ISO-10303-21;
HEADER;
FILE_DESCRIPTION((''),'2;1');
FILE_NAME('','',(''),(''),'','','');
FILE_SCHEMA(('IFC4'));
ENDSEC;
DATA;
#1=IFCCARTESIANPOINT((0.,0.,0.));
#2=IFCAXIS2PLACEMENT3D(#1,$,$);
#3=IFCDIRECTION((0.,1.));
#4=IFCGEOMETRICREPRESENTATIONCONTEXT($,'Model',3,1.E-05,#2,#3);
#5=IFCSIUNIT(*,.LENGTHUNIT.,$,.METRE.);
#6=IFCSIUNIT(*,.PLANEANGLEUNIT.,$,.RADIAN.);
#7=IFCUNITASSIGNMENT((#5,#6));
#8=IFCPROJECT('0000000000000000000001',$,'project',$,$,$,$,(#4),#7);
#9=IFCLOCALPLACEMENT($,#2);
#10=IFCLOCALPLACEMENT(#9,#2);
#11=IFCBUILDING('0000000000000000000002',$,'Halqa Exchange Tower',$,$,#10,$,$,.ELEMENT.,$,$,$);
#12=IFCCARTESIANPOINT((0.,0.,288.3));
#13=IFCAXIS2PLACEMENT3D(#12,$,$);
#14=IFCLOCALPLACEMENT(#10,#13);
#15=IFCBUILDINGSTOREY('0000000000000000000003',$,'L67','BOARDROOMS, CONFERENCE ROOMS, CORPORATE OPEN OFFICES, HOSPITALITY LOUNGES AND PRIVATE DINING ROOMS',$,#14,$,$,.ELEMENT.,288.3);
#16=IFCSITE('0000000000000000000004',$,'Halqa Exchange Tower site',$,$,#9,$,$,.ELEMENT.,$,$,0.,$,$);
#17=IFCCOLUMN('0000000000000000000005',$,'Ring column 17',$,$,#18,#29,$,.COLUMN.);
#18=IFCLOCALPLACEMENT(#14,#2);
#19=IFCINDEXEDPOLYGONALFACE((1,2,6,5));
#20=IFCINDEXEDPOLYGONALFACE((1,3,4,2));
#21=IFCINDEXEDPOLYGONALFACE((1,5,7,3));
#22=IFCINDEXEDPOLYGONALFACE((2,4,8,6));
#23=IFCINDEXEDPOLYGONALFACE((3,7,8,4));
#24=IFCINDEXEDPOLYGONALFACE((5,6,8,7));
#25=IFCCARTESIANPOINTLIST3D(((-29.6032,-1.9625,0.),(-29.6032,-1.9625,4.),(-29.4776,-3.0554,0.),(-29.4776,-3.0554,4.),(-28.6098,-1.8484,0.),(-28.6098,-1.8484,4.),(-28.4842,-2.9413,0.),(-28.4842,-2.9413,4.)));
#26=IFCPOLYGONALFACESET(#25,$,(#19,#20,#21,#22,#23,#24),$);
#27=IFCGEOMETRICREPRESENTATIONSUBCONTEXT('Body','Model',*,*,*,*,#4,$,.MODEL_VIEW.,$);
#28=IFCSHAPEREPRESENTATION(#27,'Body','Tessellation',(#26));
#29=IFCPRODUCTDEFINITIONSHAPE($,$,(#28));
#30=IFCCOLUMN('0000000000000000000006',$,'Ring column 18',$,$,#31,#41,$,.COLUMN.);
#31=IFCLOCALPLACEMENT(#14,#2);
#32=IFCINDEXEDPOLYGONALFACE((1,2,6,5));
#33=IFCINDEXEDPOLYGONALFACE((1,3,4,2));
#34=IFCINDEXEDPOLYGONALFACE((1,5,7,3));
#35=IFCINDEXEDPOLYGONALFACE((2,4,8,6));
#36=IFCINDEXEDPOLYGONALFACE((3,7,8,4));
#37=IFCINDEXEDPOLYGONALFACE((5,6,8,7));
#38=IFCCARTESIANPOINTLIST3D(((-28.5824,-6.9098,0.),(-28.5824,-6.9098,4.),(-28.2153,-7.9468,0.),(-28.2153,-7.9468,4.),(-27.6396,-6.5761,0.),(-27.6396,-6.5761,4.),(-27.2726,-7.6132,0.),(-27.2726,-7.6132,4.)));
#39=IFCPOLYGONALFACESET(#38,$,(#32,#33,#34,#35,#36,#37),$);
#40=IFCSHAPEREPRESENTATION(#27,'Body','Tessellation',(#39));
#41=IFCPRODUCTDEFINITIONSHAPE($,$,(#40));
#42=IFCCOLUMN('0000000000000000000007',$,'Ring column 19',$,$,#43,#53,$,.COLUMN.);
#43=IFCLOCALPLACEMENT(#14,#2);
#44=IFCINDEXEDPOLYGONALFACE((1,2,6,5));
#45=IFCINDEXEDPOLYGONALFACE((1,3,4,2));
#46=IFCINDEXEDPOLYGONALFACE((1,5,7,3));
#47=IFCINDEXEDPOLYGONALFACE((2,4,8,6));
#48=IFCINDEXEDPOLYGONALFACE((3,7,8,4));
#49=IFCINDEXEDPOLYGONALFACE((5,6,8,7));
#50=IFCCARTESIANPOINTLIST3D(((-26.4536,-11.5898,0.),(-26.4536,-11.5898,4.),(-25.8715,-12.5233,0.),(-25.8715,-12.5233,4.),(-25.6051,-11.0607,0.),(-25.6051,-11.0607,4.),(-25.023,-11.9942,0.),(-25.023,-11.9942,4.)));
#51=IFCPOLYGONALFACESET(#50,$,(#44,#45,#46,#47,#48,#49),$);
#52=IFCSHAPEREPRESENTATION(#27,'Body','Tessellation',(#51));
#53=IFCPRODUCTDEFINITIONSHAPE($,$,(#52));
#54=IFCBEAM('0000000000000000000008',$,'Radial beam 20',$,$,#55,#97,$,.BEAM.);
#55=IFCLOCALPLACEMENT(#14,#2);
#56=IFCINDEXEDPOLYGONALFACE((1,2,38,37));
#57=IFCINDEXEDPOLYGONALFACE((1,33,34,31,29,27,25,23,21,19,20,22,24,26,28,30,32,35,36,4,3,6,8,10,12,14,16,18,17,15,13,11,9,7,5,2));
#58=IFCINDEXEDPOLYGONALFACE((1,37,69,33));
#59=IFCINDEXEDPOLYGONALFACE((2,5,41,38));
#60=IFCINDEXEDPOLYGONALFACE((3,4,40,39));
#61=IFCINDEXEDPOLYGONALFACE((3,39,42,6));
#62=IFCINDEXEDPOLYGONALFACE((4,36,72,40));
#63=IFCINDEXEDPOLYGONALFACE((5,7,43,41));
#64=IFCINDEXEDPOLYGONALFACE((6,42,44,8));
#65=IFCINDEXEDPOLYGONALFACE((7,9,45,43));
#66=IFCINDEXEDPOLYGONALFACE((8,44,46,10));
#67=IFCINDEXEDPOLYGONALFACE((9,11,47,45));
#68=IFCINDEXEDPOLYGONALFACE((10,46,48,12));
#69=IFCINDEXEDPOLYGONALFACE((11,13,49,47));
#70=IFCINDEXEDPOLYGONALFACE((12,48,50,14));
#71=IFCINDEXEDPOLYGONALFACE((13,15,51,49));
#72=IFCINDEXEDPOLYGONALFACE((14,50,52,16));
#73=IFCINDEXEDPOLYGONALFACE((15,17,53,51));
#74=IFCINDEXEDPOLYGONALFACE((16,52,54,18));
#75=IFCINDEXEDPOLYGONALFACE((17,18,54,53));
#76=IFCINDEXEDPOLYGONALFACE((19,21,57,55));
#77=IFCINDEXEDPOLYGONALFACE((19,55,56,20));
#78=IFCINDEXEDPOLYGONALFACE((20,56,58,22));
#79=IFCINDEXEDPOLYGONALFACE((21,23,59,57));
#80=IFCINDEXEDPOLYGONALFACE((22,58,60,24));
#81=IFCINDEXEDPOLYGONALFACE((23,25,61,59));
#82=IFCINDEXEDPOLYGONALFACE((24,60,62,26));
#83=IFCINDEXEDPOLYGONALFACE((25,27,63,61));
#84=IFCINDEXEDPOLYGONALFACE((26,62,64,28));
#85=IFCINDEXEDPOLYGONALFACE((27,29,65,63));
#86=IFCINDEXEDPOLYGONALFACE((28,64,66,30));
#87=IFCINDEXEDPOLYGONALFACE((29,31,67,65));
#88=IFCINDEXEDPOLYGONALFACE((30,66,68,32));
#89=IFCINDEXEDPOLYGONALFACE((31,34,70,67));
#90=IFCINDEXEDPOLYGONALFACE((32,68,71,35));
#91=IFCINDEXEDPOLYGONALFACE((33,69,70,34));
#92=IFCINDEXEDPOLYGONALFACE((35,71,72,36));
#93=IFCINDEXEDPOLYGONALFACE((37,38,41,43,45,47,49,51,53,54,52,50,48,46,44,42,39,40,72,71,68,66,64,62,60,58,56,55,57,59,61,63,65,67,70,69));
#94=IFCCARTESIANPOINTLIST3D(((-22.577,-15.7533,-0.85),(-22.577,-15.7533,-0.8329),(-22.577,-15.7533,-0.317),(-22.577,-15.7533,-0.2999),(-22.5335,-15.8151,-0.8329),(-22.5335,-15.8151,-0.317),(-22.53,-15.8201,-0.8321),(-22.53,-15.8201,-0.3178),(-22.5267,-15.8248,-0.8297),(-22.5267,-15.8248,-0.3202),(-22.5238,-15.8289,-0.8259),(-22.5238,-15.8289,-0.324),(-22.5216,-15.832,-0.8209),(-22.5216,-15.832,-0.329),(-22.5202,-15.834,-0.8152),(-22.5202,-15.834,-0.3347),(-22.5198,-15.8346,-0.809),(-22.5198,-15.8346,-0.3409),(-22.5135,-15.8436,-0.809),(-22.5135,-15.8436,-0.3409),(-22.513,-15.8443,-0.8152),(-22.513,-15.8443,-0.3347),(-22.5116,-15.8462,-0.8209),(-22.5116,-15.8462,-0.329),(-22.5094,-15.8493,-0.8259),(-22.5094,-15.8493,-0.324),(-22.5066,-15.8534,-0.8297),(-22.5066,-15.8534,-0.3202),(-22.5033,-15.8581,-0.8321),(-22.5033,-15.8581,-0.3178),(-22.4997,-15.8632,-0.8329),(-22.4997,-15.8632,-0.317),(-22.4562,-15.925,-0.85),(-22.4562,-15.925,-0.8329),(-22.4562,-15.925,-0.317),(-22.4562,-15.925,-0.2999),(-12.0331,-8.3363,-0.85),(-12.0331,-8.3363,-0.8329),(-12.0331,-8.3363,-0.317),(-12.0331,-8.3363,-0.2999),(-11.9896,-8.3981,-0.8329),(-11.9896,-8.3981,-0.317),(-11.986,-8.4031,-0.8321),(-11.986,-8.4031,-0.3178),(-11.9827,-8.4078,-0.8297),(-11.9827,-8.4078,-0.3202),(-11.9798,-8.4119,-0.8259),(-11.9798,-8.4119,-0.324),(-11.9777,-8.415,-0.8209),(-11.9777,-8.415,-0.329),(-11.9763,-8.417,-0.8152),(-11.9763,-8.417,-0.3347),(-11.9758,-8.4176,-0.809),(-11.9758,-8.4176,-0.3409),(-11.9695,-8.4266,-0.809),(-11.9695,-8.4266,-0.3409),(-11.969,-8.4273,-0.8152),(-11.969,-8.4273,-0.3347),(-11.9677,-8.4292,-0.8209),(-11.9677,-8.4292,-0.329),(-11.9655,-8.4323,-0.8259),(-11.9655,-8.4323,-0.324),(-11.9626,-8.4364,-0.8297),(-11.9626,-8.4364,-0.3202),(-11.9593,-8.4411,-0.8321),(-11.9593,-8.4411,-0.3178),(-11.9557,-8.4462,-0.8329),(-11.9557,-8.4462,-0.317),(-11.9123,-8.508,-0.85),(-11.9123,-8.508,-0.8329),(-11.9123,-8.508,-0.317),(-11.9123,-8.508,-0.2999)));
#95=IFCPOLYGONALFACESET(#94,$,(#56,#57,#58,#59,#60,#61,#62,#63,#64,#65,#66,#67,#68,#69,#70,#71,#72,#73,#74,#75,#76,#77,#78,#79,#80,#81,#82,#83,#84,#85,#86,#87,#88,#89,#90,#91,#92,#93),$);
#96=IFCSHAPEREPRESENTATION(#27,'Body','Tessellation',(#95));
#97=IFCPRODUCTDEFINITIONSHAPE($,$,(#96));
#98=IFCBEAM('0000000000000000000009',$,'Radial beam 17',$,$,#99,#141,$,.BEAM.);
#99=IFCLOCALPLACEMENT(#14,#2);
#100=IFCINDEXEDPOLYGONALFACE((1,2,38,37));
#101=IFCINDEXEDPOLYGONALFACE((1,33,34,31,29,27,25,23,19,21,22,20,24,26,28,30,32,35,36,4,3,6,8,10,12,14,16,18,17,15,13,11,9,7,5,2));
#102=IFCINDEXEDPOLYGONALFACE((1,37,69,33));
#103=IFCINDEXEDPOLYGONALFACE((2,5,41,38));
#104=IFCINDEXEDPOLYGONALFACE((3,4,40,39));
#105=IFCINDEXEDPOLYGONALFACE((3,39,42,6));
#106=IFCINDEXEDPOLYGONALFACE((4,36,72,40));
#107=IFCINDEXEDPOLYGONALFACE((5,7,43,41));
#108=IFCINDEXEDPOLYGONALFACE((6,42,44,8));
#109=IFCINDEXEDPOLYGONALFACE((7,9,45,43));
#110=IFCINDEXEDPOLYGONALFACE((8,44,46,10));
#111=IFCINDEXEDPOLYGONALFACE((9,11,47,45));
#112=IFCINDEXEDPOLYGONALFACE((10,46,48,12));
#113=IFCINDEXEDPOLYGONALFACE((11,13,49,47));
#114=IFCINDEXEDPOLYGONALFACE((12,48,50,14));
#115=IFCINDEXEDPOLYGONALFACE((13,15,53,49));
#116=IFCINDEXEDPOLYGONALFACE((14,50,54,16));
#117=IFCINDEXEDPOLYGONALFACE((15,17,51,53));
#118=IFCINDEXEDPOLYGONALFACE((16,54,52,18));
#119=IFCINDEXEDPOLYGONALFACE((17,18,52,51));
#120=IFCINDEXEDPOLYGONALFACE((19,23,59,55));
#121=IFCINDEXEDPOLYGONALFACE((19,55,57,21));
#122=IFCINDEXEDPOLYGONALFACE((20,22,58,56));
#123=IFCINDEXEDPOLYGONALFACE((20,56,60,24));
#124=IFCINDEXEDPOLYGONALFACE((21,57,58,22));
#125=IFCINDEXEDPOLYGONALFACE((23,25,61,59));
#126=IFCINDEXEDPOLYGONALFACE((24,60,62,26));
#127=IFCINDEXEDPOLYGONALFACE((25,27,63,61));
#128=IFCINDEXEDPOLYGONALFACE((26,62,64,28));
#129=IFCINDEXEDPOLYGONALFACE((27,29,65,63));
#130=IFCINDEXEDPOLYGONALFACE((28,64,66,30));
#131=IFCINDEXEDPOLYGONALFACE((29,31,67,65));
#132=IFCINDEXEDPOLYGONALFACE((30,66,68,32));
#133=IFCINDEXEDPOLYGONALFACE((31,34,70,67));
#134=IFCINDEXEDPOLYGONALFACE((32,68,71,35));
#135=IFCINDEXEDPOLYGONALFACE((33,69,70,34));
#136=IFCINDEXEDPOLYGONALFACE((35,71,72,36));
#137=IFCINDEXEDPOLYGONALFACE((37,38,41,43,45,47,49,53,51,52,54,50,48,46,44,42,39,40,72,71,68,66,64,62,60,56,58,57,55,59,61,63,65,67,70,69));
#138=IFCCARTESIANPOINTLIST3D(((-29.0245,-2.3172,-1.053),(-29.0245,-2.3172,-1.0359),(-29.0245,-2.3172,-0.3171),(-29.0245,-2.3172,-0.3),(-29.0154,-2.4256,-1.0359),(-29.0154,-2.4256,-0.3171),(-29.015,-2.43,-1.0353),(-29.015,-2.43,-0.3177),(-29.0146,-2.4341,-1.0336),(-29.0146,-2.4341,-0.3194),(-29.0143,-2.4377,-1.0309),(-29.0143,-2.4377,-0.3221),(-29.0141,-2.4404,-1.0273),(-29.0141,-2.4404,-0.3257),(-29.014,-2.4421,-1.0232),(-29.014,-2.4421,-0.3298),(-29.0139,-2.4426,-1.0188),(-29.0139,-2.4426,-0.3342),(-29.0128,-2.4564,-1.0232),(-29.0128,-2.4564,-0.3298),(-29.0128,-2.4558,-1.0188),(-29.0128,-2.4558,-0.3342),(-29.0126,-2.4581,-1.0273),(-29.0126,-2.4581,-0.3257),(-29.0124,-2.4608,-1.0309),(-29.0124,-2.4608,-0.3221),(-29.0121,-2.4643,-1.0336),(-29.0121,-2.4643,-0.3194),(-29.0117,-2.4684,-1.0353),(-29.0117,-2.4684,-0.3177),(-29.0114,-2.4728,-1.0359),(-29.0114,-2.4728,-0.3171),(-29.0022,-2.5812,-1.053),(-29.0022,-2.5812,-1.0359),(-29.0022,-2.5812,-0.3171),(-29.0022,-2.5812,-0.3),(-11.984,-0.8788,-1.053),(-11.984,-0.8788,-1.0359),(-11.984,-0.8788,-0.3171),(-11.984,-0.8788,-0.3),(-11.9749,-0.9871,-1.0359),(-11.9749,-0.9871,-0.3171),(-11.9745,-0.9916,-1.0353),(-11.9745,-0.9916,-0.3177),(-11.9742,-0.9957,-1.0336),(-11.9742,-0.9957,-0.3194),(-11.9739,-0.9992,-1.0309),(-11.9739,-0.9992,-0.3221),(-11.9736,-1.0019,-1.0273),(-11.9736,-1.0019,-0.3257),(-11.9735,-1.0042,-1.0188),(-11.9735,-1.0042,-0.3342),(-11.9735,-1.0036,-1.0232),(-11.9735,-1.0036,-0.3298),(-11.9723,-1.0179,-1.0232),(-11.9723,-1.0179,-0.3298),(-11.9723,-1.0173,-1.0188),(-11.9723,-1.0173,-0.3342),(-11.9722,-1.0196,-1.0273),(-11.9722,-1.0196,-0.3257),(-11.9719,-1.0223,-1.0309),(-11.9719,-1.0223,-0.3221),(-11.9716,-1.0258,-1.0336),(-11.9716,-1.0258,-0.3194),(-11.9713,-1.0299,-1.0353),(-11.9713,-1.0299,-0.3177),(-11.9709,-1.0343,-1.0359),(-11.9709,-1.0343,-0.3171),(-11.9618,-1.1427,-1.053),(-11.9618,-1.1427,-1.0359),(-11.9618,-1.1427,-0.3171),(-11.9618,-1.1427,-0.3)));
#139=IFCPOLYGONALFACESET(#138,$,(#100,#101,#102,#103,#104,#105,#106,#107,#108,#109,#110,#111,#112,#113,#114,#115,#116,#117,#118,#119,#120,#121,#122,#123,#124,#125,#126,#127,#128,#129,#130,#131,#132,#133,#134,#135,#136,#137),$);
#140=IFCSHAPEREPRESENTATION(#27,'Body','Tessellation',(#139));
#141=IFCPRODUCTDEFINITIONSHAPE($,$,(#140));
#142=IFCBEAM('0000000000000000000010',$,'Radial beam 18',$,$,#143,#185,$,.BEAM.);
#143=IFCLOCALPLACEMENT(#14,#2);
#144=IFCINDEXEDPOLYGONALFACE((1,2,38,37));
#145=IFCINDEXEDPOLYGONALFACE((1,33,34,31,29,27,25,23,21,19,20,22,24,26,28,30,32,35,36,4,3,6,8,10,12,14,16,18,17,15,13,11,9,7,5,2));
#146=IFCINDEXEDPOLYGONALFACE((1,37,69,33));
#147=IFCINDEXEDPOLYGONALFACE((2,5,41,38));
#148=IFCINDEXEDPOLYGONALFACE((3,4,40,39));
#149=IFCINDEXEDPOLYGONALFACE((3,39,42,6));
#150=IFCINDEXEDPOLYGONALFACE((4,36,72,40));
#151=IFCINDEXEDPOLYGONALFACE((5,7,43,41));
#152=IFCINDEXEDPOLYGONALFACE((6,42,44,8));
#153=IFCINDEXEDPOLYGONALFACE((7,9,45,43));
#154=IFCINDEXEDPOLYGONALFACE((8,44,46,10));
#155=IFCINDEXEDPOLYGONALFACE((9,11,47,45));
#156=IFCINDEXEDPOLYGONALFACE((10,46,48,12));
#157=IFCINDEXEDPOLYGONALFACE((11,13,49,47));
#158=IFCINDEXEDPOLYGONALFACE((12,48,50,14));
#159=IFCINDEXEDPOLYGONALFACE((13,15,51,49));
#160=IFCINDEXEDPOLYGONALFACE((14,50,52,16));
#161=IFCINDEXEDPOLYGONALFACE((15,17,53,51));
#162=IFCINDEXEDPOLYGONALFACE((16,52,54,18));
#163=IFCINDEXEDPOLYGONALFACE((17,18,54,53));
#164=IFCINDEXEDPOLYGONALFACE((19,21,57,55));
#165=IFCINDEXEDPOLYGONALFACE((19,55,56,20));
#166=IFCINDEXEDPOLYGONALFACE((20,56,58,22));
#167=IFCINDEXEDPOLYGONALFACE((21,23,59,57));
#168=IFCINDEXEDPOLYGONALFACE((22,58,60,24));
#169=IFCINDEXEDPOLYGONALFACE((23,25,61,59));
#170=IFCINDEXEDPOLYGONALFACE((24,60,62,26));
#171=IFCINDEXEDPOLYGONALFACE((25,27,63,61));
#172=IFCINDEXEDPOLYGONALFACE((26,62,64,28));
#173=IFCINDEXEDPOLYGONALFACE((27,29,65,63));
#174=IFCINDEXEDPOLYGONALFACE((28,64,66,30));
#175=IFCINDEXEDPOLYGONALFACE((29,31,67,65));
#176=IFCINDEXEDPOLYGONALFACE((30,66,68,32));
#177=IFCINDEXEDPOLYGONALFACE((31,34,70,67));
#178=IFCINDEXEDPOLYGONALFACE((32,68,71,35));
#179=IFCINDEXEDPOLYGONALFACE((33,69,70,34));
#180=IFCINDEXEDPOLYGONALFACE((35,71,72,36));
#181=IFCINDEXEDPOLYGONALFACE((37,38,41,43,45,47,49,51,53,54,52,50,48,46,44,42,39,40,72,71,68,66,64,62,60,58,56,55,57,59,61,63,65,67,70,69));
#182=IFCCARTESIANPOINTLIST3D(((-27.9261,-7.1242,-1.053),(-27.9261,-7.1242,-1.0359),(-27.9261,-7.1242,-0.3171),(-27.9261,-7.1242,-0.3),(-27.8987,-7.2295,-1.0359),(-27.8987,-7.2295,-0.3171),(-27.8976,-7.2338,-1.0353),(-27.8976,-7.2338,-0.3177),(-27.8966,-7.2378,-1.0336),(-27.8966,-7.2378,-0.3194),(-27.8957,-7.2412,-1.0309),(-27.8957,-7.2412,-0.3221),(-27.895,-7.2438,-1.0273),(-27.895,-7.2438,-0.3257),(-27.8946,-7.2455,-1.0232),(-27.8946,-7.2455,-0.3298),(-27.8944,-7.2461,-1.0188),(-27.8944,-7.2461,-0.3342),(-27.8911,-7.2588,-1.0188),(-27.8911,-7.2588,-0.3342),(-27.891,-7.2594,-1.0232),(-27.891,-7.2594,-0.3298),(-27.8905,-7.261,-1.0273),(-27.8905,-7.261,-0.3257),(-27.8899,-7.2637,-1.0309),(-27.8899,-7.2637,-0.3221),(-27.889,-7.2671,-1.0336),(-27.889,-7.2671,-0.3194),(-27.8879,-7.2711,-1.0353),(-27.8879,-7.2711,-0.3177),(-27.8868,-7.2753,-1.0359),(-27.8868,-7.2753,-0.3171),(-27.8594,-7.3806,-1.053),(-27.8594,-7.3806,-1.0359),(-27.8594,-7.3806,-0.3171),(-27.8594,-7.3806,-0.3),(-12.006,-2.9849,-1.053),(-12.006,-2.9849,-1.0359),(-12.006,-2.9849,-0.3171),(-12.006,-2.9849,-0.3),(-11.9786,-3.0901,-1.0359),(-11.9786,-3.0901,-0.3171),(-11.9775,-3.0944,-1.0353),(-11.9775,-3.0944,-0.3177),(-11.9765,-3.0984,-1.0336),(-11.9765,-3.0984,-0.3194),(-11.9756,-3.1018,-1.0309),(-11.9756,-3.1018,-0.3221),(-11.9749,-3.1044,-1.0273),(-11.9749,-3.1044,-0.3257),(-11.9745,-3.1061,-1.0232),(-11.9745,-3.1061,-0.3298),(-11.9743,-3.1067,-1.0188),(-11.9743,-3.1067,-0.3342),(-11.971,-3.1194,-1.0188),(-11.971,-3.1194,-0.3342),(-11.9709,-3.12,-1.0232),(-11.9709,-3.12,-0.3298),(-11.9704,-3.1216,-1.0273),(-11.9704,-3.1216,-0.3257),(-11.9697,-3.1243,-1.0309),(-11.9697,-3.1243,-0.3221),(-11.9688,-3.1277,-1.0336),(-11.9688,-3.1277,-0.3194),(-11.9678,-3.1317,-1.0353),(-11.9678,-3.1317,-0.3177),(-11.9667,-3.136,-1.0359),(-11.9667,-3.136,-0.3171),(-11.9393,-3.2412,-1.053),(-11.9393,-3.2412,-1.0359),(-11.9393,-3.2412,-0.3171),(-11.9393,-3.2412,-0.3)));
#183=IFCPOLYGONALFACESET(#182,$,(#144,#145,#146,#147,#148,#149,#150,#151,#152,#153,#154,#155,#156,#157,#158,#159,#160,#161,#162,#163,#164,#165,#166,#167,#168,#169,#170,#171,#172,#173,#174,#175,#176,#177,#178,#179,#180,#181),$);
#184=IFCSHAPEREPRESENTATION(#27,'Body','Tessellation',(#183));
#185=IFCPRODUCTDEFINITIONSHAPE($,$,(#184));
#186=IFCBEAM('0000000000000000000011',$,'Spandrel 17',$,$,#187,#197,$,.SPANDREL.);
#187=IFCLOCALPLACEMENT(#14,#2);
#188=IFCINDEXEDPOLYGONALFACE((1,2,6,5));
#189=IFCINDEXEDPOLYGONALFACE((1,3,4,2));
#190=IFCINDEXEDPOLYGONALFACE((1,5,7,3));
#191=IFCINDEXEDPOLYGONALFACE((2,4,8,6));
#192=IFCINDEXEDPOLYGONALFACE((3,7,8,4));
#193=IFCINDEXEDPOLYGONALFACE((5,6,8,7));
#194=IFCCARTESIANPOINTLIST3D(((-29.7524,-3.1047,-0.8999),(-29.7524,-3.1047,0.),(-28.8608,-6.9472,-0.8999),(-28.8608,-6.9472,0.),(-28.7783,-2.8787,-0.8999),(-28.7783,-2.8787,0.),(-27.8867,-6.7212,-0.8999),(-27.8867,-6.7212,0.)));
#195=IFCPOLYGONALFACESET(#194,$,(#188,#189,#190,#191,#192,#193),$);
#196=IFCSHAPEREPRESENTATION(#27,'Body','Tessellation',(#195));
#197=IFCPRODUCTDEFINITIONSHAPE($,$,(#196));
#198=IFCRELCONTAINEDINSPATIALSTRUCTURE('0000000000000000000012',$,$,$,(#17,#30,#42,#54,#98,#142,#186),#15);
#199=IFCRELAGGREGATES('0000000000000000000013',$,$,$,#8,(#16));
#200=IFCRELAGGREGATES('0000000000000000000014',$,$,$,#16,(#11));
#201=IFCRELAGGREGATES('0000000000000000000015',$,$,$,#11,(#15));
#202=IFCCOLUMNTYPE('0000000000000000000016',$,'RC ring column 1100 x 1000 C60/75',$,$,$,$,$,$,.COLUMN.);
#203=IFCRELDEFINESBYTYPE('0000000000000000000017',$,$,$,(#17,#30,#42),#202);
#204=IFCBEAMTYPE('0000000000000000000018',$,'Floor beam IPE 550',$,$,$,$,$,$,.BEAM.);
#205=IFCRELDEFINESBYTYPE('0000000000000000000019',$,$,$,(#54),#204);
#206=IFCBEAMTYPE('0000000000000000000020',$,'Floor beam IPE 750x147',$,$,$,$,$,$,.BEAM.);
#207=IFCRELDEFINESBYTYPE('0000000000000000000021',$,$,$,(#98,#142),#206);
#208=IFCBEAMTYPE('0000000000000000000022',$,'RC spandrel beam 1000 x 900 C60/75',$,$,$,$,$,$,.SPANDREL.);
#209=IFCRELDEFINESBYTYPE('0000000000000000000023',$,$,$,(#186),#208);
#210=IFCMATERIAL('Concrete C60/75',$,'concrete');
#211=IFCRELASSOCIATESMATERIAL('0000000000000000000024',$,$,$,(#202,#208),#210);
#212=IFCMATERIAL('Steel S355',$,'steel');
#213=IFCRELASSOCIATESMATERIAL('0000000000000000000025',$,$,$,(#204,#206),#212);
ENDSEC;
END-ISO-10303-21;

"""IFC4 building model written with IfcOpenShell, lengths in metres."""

from ifc_helpers import new_model, si_unit, direction, frame, origin, origin_2d, place, context, subcontext, project, spatial, rectangle, i_section, extrude, material, material_profile, profile_set, type_object, element, save


model = new_model("IFC4")

# Units and contexts
model_context = context("Model", 3, precision=1e-05, world=origin(), true_north=direction((0.0, 1.0)))
body_context = subcontext(model_context, "Body", "Model", "MODEL_VIEW")
ifc_project = project(units=[si_unit("LENGTHUNIT", "METRE"), si_unit("PLANEANGLEUNIT", "RADIAN")], contexts=[model_context])

# Site, building, storey
site_placement = place(None, origin())
site = spatial("IfcSite", under=ifc_project, at=site_placement, Name="Halqa Exchange Tower site", CompositionType="ELEMENT", RefElevation=0.0)
building_placement = place(site_placement, origin())
building = spatial("IfcBuilding", under=site, at=building_placement, Name="Halqa Exchange Tower", CompositionType="ELEMENT")
storey_placement = place(building_placement, frame((0.0, 0.0, 288.3)))
storey = spatial("IfcBuildingStorey", under=building, at=storey_placement, Name="L67", Description="BOARDROOMS, CONFERENCE ROOMS, CORPORATE OPEN OFFICES, HOSPITALITY LOUNGES AND PRIVATE DINING ROOMS", CompositionType="ELEMENT", Elevation=288.3)

# Columns
ifc_material_1 = material(Name="Concrete C60/75", Category="concrete")
ifc_material_profile_1 = material_profile(ifc_material_1, rectangle(XDim=1.1001, YDim=1.0, at=origin_2d()), Name="1100 x 1000")
ifc_profile_set_1 = profile_set([ifc_material_profile_1], Name="Concrete C60/75")
column_type = type_object("IfcColumnType", Name="RC ring column 1100 x 1000 C60/75", PredefinedType="COLUMN", material=ifc_profile_set_1)
for number, where, z_axis, x_axis, name in (
    (1, (-29.0437, -2.4519, 0.0), (0.0, 0.0, 1.0), (0.114162, -0.993462, 0.0), "Ring column 17"),
    (2, (-27.9275, -7.2615, 0.0), (0.0, 0.0, 1.0), (0.333628, -0.942705, 0.0), "Ring column 18"),
    (3, (-25.7383, -11.792, 0.0), (0.0, 0.0, 1.0), (0.529142, -0.848533, 0.0), "Ring column 19"),
):
    element("IfcColumn", number, at=place(storey_placement, frame(where, z_axis=z_axis, x_axis=x_axis)), inside=storey, type_object=column_type, Name=name, PredefinedType="COLUMN", context=body_context, shape_type="SweptSolid", body=[
        extrude(rectangle(XDim=1.1001, YDim=1.0, at=origin_2d()), origin(), (0.0, 0.0, 1.0), 4.0),
    ])

# Beams
ifc_material_2 = material(Name="Steel S355", Category="steel")
ifc_material_profile_2 = material_profile(ifc_material_2, i_section(OverallWidth=0.21, OverallDepth=0.55, WebThickness=0.011, FlangeThickness=0.0171, FilletRadius=0.0239, at=origin_2d()), Name="IPE 550")
ifc_profile_set_2 = profile_set([ifc_material_profile_2], Name="Steel S355")
beam_type_1 = type_object("IfcBeamType", Name="Floor beam IPE 550", PredefinedType="BEAM", material=ifc_profile_set_2)
beam_1_placement = place(storey_placement, frame((-11.9727, -8.4221, -0.575), z_axis=(-0.817909, -0.575347, 0.0), x_axis=(0.575347, -0.817909, 0.0)))
element("IfcBeam", 4, at=beam_1_placement, inside=storey, type_object=beam_type_1, Name="Radial beam 20", PredefinedType="BEAM", context=body_context, shape_type="SweptSolid", body=[
    extrude(i_section(OverallWidth=0.21, OverallDepth=0.55, WebThickness=0.011, FlangeThickness=0.0171, FilletRadius=0.0239, at=origin_2d()), origin(), (0.0, 0.0, 1.0), 12.8914),
])
ifc_material_profile_3 = material_profile(ifc_material_2, i_section(OverallWidth=0.2649, OverallDepth=0.7529, WebThickness=0.0132, FlangeThickness=0.0171, FilletRadius=0.0171, at=origin_2d()), Name="IPE 750x147")
ifc_profile_set_3 = profile_set([ifc_material_profile_3], Name="Steel S355")
beam_type_2 = type_object("IfcBeamType", Name="Floor beam IPE 750x147", PredefinedType="BEAM", material=ifc_profile_set_3)
beam_2_placement = place(storey_placement, frame((-11.9729, -1.0107, -0.6765), z_axis=(-0.996456, -0.084116, 0.0), x_axis=(0.084116, -0.996456, 0.0)))
element("IfcBeam", 5, at=beam_2_placement, inside=storey, type_object=beam_type_2, Name="Radial beam 17", PredefinedType="BEAM", context=body_context, shape_type="SweptSolid", body=[
    extrude(i_section(OverallWidth=0.2649, OverallDepth=0.7529, WebThickness=0.0132, FlangeThickness=0.0171, FilletRadius=0.0171, at=origin_2d()), origin(), (0.0, 0.0, 1.0), 17.1011),
])
beam_3_placement = place(storey_placement, frame((-11.9727, -3.113, -0.6765), z_axis=(-0.96782, -0.251643, 0.0), x_axis=(0.251643, -0.96782, 0.0)))
element("IfcBeam", 6, at=beam_3_placement, inside=storey, type_object=beam_type_2, Name="Radial beam 18", PredefinedType="BEAM", context=body_context, shape_type="SweptSolid", body=[
    extrude(i_section(OverallWidth=0.2649, OverallDepth=0.7529, WebThickness=0.0132, FlangeThickness=0.0171, FilletRadius=0.0171, at=origin_2d()), origin(), (0.0, 0.0, 1.0), 16.4495),
])
ifc_material_profile_4 = material_profile(ifc_material_1, rectangle(XDim=1.0, YDim=0.8999, at=origin_2d()), Name="1000 x 900")
ifc_profile_set_4 = profile_set([ifc_material_profile_4], Name="Concrete C60/75")
beam_type_3 = type_object("IfcBeamType", Name="RC spandrel beam 1000 x 900 C60/75", PredefinedType="SPANDREL", material=ifc_profile_set_4)
beam_4_placement = place(storey_placement, frame((-29.2654, -2.9917, -0.45), z_axis=(0.22603, -0.97412, 0.0), x_axis=(0.97412, 0.22603, 0.0)))
element("IfcBeam", 7, at=beam_4_placement, inside=storey, type_object=beam_type_3, Name="Spandrel 17", PredefinedType="SPANDREL", context=body_context, shape_type="SweptSolid", body=[
    extrude(rectangle(XDim=1.0, YDim=0.8999, at=origin_2d()), origin(), (0.0, 0.0, 1.0), 3.9446),
])

save(model, "model.ifc")
